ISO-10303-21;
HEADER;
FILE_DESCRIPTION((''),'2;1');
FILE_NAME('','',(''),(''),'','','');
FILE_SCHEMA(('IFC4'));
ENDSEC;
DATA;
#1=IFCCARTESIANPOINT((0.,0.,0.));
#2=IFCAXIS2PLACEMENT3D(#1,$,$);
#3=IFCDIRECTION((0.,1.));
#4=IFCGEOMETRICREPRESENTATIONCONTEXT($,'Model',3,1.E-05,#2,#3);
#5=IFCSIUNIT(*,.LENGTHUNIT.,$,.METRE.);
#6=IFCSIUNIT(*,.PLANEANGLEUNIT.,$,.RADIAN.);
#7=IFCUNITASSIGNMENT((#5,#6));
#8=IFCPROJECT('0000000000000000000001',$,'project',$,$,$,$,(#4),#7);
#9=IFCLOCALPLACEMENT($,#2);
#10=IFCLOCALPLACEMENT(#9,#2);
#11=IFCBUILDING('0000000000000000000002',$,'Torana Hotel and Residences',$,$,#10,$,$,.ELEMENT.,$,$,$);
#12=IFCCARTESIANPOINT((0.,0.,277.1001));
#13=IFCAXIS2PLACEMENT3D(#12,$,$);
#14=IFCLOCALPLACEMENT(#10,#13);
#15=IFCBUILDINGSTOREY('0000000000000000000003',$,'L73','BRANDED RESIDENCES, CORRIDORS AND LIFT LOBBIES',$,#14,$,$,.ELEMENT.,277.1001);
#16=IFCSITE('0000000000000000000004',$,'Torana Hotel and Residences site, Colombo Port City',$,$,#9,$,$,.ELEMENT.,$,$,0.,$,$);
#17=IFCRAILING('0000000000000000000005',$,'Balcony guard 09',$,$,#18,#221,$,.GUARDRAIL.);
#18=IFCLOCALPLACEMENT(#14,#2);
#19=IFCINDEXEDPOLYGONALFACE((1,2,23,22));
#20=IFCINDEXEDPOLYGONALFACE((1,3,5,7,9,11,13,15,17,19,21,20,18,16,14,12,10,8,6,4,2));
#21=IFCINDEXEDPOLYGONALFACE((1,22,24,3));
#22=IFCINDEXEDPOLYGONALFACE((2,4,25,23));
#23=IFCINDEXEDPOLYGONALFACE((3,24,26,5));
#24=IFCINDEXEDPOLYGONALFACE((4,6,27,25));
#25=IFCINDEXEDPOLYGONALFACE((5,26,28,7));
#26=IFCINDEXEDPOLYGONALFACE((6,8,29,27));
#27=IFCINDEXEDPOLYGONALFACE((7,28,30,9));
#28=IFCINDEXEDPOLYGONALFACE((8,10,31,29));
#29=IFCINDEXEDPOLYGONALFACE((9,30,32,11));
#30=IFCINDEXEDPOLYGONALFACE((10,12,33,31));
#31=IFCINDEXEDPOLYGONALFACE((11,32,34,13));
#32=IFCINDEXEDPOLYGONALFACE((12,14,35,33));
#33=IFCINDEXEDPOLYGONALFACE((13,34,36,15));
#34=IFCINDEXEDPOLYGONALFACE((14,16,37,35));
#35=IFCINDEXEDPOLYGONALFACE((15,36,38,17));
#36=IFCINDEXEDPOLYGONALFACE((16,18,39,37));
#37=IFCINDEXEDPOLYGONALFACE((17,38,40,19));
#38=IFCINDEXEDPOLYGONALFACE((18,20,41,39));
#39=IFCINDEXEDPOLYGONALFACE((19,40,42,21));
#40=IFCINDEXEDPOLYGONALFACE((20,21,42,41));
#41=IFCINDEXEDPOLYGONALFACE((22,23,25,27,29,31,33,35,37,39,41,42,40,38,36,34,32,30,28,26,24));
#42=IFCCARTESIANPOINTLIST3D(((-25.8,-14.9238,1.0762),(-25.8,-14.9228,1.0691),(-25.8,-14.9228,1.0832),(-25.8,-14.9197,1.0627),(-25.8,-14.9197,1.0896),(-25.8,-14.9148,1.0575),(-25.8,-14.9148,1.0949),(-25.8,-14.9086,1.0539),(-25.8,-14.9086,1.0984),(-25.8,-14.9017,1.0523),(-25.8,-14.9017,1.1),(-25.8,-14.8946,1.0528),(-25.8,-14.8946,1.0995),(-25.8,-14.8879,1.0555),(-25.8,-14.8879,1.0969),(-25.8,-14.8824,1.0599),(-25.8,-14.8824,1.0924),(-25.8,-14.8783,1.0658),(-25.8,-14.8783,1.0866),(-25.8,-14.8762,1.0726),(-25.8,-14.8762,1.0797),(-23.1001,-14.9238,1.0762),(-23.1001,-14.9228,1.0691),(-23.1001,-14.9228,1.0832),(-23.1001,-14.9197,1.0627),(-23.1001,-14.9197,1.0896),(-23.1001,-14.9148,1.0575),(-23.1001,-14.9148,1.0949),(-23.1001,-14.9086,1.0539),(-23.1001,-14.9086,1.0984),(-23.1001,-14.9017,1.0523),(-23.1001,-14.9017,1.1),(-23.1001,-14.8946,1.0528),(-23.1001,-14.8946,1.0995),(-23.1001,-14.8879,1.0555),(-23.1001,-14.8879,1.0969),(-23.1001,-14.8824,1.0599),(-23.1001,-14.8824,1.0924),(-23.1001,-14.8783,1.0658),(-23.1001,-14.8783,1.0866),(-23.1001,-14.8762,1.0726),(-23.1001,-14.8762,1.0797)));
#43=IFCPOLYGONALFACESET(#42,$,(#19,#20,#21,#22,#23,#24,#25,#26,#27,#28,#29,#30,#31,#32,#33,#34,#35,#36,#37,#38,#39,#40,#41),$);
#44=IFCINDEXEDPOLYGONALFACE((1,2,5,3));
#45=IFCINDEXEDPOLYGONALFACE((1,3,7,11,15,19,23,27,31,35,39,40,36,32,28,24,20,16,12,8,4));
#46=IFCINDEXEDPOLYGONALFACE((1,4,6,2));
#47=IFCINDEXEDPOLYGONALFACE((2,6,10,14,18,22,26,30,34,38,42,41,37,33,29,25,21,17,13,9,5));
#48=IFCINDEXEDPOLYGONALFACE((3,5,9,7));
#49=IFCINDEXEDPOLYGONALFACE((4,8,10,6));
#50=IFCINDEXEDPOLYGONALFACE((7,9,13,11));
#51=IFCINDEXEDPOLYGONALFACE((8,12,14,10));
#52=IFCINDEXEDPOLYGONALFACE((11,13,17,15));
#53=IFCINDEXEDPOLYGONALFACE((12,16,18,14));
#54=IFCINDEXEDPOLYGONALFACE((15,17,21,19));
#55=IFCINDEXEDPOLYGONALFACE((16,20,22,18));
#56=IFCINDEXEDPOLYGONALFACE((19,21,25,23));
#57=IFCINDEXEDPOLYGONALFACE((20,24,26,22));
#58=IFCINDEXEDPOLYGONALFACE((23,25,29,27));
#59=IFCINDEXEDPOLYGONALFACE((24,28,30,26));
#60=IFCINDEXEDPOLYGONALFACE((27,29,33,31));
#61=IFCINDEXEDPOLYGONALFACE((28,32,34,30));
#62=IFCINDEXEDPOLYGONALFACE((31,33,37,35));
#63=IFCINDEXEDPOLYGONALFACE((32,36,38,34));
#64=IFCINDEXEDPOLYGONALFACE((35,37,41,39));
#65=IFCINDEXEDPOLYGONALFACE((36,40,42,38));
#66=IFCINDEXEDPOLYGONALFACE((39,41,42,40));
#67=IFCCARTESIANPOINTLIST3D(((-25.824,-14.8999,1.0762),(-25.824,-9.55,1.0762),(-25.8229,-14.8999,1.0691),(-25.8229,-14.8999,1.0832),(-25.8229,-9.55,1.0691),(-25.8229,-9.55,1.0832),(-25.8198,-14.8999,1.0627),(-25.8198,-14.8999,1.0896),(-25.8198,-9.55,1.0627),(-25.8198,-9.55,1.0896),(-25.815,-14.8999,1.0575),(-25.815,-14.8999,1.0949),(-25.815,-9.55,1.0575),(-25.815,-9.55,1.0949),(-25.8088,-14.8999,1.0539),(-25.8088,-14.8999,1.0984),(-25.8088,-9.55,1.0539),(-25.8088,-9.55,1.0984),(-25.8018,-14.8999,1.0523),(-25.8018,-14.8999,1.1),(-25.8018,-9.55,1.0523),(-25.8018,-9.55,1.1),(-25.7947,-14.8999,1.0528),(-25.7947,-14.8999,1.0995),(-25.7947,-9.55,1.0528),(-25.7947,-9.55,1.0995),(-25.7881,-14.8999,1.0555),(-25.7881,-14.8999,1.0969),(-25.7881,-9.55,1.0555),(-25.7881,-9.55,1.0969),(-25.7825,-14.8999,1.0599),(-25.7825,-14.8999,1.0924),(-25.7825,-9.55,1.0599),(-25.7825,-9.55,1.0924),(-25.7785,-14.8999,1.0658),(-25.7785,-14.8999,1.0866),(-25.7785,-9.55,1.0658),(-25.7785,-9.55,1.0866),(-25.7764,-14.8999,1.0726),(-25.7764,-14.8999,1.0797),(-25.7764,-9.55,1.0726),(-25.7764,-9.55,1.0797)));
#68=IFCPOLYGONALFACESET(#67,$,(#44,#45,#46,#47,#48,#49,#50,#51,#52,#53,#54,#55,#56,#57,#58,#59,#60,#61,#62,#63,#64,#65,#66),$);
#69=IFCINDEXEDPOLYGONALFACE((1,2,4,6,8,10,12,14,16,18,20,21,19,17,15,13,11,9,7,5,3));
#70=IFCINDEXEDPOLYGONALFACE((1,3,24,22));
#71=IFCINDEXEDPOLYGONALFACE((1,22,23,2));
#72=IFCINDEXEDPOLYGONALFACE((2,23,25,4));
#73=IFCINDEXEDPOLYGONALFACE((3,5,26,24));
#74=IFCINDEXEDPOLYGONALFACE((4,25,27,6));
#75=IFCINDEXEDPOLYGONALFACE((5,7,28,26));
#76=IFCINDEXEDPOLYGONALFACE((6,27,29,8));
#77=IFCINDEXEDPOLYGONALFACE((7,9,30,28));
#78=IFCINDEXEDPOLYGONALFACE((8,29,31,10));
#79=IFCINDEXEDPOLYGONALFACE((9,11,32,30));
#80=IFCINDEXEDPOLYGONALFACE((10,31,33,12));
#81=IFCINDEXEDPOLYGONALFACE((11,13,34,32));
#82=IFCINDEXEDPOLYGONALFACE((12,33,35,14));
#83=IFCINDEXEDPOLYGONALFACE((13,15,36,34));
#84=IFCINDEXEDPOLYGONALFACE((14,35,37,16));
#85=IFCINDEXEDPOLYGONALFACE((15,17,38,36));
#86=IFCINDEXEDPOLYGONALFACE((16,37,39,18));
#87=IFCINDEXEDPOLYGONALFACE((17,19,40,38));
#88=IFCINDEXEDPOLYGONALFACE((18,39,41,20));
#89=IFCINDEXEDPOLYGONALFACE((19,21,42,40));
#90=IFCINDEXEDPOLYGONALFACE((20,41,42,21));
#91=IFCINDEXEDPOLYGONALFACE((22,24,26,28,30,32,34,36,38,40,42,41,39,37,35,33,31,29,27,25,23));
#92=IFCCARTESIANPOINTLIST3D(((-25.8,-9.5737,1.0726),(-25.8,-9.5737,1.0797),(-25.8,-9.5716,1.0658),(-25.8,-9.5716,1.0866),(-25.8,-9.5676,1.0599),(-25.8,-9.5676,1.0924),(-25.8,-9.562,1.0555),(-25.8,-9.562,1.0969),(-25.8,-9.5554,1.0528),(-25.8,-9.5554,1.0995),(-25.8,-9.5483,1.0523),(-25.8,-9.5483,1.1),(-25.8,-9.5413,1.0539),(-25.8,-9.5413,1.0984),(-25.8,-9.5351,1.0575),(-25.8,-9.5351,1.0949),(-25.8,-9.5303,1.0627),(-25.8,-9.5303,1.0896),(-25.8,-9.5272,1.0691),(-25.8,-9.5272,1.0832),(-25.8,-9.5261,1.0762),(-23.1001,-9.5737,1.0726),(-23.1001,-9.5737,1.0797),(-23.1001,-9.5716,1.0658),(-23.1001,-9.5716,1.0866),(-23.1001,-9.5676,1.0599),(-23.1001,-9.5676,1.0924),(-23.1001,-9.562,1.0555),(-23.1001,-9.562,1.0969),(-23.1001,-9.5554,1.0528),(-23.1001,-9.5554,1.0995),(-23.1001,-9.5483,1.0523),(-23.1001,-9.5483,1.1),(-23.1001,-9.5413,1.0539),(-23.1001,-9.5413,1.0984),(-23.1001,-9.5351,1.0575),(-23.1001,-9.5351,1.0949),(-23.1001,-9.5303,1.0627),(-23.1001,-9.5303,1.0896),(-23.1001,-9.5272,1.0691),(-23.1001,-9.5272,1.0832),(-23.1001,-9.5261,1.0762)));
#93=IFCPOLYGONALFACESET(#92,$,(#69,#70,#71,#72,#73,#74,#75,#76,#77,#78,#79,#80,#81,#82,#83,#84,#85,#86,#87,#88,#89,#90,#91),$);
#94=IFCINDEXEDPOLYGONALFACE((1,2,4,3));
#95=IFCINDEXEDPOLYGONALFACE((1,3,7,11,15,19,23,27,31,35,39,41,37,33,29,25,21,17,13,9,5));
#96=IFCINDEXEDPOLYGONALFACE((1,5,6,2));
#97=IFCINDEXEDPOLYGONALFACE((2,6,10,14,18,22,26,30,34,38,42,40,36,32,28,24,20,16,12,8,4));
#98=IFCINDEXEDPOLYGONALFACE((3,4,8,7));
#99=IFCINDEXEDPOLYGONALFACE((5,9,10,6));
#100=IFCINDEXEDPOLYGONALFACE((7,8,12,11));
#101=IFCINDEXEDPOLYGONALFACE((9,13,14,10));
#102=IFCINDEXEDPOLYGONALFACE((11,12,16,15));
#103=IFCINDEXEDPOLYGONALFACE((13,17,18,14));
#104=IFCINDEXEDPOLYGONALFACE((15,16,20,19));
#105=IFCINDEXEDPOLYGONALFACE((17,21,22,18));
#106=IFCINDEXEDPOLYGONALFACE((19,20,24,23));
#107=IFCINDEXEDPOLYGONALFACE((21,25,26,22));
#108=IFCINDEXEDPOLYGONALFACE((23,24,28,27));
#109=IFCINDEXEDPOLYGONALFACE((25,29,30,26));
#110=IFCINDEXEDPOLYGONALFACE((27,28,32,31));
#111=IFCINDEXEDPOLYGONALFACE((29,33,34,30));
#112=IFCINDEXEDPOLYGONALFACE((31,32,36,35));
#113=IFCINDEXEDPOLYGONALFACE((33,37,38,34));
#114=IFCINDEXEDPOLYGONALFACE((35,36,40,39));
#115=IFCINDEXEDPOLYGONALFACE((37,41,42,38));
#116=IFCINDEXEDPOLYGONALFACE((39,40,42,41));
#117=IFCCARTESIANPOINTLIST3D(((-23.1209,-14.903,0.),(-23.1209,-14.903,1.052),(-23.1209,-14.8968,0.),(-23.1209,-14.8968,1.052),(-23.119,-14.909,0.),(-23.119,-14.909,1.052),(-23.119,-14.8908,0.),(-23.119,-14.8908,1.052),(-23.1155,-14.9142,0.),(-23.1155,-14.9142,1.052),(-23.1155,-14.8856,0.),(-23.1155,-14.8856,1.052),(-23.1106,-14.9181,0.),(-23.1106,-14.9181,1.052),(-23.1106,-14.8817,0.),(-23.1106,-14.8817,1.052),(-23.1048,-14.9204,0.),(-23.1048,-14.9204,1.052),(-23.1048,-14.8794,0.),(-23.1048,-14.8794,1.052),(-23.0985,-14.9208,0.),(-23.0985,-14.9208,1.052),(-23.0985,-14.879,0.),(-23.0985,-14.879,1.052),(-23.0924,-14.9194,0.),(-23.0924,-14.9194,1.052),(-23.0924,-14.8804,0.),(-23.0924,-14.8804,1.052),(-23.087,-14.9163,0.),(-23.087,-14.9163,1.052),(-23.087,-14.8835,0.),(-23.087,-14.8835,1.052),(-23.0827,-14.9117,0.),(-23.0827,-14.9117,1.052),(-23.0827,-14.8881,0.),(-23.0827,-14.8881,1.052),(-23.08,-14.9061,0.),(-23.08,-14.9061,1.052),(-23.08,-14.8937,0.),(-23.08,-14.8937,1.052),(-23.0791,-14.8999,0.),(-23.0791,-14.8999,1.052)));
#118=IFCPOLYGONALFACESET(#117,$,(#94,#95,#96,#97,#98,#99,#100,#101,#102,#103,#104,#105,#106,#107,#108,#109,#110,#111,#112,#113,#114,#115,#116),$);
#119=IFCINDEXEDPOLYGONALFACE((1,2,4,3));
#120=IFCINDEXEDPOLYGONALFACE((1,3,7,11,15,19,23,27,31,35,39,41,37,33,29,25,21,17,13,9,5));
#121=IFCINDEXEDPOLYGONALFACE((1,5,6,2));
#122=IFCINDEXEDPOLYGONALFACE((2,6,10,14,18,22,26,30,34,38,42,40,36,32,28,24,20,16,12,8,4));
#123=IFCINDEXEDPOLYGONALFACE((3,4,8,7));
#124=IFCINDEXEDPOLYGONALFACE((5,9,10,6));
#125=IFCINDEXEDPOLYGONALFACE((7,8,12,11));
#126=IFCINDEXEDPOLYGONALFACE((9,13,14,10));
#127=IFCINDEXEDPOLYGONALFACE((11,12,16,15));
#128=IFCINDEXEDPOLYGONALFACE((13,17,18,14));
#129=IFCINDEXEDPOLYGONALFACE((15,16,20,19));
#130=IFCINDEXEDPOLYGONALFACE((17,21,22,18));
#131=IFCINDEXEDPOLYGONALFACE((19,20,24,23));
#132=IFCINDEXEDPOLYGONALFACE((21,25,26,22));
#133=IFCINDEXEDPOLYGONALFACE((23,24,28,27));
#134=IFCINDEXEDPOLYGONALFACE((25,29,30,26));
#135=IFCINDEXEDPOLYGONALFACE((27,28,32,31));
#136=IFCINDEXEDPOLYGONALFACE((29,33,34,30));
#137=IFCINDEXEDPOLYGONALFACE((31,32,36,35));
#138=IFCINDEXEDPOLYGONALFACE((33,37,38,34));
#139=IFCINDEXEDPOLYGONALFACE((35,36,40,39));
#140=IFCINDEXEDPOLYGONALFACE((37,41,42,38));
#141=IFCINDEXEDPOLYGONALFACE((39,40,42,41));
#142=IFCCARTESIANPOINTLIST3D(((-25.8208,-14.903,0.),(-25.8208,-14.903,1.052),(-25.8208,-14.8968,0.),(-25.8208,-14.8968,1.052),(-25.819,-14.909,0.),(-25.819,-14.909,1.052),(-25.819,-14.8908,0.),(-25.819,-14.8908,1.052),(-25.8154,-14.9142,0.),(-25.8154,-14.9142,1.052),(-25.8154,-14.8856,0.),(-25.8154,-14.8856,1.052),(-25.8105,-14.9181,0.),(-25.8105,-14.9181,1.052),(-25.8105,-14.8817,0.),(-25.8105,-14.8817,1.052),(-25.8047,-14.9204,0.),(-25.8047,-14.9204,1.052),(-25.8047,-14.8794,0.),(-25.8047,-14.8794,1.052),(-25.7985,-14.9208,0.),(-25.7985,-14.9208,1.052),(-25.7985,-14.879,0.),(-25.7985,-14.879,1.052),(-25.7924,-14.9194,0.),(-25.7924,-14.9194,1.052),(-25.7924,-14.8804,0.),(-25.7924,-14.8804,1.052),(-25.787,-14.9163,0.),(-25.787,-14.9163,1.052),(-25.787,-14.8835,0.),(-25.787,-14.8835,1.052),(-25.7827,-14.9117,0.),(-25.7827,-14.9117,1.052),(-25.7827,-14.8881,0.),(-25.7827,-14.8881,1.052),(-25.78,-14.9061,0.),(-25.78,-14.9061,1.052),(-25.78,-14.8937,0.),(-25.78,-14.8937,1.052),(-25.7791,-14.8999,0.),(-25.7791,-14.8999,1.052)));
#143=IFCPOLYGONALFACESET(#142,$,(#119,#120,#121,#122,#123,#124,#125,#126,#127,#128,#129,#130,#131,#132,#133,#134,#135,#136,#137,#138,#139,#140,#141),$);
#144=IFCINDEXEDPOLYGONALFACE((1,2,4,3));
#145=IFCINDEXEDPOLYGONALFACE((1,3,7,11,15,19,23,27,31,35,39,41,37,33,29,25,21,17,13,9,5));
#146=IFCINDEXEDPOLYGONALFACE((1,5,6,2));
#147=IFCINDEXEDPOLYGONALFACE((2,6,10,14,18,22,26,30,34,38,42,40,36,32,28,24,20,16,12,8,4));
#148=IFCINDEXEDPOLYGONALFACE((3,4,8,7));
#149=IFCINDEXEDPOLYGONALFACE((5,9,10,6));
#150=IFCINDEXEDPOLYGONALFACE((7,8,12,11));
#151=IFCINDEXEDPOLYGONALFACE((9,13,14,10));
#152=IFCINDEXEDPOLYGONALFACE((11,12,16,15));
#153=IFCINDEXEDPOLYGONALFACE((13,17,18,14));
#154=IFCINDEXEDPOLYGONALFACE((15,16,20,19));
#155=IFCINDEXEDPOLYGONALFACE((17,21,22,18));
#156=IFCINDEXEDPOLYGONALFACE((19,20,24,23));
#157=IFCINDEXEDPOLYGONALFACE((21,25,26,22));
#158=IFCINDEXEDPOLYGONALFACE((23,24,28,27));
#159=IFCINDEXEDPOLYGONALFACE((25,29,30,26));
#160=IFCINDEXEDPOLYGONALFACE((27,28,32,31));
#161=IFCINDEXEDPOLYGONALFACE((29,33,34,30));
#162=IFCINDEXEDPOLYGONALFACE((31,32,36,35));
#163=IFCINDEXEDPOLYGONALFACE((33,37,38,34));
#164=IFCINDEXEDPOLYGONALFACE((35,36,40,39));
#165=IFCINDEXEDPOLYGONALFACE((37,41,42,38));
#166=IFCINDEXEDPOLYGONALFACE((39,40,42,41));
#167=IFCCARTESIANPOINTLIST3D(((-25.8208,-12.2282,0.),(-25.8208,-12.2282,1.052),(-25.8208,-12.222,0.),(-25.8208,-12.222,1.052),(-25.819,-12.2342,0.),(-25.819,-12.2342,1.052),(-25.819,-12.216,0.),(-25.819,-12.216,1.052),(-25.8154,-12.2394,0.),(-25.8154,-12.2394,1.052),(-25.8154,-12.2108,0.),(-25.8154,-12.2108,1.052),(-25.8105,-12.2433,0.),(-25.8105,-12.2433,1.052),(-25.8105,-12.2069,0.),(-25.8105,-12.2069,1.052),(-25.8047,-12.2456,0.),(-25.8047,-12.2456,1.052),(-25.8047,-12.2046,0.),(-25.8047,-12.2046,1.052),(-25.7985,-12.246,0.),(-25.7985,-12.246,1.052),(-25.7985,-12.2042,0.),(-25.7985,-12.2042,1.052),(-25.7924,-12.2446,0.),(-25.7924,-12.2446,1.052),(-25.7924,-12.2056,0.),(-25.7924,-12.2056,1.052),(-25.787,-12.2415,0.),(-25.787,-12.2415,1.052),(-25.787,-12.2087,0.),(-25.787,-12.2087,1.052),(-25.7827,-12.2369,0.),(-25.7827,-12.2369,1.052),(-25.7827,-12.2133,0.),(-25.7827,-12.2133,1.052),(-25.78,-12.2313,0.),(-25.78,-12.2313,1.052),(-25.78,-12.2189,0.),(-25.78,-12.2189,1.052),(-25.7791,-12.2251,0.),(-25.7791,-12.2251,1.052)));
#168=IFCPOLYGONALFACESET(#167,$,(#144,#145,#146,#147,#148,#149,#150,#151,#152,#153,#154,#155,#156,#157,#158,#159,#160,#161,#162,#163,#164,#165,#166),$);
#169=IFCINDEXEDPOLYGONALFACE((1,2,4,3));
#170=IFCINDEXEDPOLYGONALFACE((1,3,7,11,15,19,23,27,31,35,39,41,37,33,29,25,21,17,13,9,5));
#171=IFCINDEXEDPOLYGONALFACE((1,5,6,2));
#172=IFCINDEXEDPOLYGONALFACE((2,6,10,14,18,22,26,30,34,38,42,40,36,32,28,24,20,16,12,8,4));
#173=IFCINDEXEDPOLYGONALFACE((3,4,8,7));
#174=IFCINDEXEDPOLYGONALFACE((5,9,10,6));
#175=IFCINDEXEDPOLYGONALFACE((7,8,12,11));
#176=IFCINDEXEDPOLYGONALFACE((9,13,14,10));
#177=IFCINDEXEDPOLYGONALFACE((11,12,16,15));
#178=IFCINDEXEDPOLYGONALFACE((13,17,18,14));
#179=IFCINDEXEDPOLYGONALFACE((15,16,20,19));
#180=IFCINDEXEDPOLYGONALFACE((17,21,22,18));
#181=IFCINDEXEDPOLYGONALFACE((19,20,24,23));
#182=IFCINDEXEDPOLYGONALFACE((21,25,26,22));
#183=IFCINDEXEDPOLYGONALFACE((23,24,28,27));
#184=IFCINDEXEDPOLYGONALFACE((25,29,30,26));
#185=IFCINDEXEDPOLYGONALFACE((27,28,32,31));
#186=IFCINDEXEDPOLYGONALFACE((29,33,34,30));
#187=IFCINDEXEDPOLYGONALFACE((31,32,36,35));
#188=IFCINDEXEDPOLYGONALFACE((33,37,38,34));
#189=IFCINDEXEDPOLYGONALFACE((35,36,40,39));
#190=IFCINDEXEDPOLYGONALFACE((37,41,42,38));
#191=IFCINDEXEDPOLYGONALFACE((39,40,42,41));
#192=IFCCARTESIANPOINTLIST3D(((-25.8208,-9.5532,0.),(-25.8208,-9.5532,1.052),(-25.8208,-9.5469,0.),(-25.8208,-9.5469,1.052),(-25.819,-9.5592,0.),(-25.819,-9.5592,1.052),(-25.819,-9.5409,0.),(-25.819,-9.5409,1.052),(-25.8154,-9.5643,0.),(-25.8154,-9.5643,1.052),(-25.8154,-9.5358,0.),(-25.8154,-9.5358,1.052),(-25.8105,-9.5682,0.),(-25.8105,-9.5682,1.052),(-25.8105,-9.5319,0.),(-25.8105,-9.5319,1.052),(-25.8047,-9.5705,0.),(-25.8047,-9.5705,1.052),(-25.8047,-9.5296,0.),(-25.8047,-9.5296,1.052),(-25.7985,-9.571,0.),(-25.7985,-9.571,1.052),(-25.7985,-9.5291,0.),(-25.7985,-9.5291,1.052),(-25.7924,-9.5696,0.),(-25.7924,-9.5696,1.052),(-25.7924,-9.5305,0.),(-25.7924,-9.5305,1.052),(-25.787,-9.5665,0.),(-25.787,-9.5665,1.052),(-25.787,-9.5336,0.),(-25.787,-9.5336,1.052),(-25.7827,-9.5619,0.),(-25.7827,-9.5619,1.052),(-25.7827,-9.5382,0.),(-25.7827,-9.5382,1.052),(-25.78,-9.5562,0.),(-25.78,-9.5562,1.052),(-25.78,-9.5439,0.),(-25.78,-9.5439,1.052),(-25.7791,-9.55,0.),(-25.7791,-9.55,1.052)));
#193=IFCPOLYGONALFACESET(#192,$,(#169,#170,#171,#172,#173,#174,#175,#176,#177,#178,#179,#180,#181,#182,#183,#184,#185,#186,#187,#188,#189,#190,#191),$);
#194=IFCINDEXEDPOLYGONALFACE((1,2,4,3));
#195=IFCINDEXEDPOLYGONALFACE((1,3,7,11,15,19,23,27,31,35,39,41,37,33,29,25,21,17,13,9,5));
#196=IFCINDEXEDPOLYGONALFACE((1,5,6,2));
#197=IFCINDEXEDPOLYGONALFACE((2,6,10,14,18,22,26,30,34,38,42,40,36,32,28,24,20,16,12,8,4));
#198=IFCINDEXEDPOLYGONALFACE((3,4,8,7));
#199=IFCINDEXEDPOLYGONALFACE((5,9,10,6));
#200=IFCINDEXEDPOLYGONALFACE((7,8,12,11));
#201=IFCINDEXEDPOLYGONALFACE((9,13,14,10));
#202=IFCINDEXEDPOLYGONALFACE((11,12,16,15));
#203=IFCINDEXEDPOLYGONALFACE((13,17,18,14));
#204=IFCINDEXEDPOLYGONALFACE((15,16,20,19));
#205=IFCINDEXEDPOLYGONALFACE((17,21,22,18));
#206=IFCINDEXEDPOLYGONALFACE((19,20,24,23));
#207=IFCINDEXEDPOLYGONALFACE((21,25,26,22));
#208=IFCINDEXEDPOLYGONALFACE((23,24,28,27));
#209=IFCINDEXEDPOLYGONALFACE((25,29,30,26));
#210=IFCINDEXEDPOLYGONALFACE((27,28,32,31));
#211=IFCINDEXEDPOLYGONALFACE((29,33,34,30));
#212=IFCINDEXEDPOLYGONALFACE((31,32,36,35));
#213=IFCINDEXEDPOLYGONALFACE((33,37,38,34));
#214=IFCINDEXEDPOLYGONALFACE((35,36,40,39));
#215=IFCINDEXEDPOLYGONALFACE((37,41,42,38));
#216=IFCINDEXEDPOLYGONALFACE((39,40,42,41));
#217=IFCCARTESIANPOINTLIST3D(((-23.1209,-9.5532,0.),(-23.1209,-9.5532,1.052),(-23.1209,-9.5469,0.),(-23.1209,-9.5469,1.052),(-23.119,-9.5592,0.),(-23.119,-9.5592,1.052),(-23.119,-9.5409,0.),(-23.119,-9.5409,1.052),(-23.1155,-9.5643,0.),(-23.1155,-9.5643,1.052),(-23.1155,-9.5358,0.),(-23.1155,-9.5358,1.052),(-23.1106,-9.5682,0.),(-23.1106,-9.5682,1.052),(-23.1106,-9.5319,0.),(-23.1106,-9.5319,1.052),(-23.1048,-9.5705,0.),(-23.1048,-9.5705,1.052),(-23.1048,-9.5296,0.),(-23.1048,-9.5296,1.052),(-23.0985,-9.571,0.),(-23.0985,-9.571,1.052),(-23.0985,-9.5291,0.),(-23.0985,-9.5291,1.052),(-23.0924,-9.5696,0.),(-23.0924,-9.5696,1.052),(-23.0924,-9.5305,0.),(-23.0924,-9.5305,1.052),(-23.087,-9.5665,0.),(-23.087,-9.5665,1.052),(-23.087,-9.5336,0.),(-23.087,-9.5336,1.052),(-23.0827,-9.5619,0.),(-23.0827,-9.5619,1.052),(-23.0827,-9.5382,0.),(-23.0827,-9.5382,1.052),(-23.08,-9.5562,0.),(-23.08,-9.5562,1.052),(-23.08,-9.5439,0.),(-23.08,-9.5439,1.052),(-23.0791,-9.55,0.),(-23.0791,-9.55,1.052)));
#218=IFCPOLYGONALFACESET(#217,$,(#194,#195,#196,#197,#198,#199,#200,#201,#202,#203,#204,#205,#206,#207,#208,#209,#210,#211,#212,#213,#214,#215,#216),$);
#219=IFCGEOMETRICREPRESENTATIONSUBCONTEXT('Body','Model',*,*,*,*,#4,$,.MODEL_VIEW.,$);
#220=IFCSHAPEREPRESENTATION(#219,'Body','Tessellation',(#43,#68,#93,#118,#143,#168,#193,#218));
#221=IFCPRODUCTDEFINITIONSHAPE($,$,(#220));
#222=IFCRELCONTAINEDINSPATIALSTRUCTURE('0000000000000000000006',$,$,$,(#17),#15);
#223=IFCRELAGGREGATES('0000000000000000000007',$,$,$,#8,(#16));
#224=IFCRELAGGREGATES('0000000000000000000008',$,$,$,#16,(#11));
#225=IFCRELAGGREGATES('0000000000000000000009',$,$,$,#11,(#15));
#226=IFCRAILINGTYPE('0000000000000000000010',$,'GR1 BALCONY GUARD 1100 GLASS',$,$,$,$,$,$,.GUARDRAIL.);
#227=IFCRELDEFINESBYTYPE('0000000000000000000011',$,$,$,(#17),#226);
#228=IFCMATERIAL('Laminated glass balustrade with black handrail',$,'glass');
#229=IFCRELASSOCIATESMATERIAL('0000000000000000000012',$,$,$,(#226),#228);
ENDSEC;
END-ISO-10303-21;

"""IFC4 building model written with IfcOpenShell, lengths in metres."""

from ifc_helpers import new_model, si_unit, direction, frame, origin, origin_2d, place, context, subcontext, project, spatial, circle, extrude, material, type_object, element, save


model = new_model("IFC4")

# Units and contexts
model_context = context("Model", 3, precision=1e-05, world=origin(), true_north=direction((0.0, 1.0)))
body_context = subcontext(model_context, "Body", "Model", "MODEL_VIEW")
ifc_project = project(units=[si_unit("LENGTHUNIT", "METRE"), si_unit("PLANEANGLEUNIT", "RADIAN")], contexts=[model_context])

# Site, building, storey
site_placement = place(None, origin())
site = spatial("IfcSite", under=ifc_project, at=site_placement, Name="Torana Hotel and Residences site, Colombo Port City", CompositionType="ELEMENT", RefElevation=0.0)
building_placement = place(site_placement, origin())
building = spatial("IfcBuilding", under=site, at=building_placement, Name="Torana Hotel and Residences", CompositionType="ELEMENT")
storey_placement = place(building_placement, frame((0.0, 0.0, 277.1001)))
storey = spatial("IfcBuildingStorey", under=building, at=storey_placement, Name="L73", Description="BRANDED RESIDENCES, CORRIDORS AND LIFT LOBBIES", CompositionType="ELEMENT", Elevation=277.1001)

# Railing
ifc_material_1 = material(Name="Laminated glass balustrade with black handrail", Category="glass")
railing_type = type_object("IfcRailingType", Name="GR1 BALCONY GUARD 1100 GLASS", PredefinedType="GUARDRAIL", material=ifc_material_1)
railing_1_placement = place(storey_placement, frame((-23.1001, -14.8999, 0.0)))
element("IfcRailing", 1, at=railing_1_placement, inside=storey, type_object=railing_type, Name="Balcony guard 09", PredefinedType="GUARDRAIL", context=body_context, shape_type="SweptSolid", body=[
    extrude(circle(Radius=0.0239, at=origin_2d()), frame((0.0, 0.0, 1.0762), z_axis=(-1.0, 0.0, 0.0), x_axis=(0.0, -1.0, 0.0)), (0.0, 0.0, 1.0), 2.7),
    extrude(circle(Radius=0.0239, at=origin_2d()), frame((-2.7, 0.0, 1.0762), z_axis=(0.0, 1.0, 0.0), x_axis=(-1.0, 0.0, 0.0)), (0.0, 0.0, 1.0), 5.3499),
    extrude(circle(Radius=0.0239, at=origin_2d()), frame((-2.7, 5.3499, 1.0762), z_axis=(1.0, 0.0, 0.0), x_axis=(0.0, 1.0, 0.0)), (0.0, 0.0, 1.0), 2.7),
    extrude(circle(Radius=0.021, at=origin_2d()), origin(), (0.0, 0.0, 1.0), 1.052),
    extrude(circle(Radius=0.021, at=origin_2d()), frame((-2.7, 0.0, 0.0)), (0.0, 0.0, 1.0), 1.052),
    extrude(circle(Radius=0.021, at=origin_2d()), frame((-2.7, 2.6748, 0.0)), (0.0, 0.0, 1.0), 1.052),
    extrude(circle(Radius=0.021, at=origin_2d()), frame((-2.7, 5.3499, 0.0)), (0.0, 0.0, 1.0), 1.052),
    extrude(circle(Radius=0.021, at=origin_2d()), frame((0.0, 5.3499, 0.0)), (0.0, 0.0, 1.0), 1.052),
])

save(model, "model.ifc")
